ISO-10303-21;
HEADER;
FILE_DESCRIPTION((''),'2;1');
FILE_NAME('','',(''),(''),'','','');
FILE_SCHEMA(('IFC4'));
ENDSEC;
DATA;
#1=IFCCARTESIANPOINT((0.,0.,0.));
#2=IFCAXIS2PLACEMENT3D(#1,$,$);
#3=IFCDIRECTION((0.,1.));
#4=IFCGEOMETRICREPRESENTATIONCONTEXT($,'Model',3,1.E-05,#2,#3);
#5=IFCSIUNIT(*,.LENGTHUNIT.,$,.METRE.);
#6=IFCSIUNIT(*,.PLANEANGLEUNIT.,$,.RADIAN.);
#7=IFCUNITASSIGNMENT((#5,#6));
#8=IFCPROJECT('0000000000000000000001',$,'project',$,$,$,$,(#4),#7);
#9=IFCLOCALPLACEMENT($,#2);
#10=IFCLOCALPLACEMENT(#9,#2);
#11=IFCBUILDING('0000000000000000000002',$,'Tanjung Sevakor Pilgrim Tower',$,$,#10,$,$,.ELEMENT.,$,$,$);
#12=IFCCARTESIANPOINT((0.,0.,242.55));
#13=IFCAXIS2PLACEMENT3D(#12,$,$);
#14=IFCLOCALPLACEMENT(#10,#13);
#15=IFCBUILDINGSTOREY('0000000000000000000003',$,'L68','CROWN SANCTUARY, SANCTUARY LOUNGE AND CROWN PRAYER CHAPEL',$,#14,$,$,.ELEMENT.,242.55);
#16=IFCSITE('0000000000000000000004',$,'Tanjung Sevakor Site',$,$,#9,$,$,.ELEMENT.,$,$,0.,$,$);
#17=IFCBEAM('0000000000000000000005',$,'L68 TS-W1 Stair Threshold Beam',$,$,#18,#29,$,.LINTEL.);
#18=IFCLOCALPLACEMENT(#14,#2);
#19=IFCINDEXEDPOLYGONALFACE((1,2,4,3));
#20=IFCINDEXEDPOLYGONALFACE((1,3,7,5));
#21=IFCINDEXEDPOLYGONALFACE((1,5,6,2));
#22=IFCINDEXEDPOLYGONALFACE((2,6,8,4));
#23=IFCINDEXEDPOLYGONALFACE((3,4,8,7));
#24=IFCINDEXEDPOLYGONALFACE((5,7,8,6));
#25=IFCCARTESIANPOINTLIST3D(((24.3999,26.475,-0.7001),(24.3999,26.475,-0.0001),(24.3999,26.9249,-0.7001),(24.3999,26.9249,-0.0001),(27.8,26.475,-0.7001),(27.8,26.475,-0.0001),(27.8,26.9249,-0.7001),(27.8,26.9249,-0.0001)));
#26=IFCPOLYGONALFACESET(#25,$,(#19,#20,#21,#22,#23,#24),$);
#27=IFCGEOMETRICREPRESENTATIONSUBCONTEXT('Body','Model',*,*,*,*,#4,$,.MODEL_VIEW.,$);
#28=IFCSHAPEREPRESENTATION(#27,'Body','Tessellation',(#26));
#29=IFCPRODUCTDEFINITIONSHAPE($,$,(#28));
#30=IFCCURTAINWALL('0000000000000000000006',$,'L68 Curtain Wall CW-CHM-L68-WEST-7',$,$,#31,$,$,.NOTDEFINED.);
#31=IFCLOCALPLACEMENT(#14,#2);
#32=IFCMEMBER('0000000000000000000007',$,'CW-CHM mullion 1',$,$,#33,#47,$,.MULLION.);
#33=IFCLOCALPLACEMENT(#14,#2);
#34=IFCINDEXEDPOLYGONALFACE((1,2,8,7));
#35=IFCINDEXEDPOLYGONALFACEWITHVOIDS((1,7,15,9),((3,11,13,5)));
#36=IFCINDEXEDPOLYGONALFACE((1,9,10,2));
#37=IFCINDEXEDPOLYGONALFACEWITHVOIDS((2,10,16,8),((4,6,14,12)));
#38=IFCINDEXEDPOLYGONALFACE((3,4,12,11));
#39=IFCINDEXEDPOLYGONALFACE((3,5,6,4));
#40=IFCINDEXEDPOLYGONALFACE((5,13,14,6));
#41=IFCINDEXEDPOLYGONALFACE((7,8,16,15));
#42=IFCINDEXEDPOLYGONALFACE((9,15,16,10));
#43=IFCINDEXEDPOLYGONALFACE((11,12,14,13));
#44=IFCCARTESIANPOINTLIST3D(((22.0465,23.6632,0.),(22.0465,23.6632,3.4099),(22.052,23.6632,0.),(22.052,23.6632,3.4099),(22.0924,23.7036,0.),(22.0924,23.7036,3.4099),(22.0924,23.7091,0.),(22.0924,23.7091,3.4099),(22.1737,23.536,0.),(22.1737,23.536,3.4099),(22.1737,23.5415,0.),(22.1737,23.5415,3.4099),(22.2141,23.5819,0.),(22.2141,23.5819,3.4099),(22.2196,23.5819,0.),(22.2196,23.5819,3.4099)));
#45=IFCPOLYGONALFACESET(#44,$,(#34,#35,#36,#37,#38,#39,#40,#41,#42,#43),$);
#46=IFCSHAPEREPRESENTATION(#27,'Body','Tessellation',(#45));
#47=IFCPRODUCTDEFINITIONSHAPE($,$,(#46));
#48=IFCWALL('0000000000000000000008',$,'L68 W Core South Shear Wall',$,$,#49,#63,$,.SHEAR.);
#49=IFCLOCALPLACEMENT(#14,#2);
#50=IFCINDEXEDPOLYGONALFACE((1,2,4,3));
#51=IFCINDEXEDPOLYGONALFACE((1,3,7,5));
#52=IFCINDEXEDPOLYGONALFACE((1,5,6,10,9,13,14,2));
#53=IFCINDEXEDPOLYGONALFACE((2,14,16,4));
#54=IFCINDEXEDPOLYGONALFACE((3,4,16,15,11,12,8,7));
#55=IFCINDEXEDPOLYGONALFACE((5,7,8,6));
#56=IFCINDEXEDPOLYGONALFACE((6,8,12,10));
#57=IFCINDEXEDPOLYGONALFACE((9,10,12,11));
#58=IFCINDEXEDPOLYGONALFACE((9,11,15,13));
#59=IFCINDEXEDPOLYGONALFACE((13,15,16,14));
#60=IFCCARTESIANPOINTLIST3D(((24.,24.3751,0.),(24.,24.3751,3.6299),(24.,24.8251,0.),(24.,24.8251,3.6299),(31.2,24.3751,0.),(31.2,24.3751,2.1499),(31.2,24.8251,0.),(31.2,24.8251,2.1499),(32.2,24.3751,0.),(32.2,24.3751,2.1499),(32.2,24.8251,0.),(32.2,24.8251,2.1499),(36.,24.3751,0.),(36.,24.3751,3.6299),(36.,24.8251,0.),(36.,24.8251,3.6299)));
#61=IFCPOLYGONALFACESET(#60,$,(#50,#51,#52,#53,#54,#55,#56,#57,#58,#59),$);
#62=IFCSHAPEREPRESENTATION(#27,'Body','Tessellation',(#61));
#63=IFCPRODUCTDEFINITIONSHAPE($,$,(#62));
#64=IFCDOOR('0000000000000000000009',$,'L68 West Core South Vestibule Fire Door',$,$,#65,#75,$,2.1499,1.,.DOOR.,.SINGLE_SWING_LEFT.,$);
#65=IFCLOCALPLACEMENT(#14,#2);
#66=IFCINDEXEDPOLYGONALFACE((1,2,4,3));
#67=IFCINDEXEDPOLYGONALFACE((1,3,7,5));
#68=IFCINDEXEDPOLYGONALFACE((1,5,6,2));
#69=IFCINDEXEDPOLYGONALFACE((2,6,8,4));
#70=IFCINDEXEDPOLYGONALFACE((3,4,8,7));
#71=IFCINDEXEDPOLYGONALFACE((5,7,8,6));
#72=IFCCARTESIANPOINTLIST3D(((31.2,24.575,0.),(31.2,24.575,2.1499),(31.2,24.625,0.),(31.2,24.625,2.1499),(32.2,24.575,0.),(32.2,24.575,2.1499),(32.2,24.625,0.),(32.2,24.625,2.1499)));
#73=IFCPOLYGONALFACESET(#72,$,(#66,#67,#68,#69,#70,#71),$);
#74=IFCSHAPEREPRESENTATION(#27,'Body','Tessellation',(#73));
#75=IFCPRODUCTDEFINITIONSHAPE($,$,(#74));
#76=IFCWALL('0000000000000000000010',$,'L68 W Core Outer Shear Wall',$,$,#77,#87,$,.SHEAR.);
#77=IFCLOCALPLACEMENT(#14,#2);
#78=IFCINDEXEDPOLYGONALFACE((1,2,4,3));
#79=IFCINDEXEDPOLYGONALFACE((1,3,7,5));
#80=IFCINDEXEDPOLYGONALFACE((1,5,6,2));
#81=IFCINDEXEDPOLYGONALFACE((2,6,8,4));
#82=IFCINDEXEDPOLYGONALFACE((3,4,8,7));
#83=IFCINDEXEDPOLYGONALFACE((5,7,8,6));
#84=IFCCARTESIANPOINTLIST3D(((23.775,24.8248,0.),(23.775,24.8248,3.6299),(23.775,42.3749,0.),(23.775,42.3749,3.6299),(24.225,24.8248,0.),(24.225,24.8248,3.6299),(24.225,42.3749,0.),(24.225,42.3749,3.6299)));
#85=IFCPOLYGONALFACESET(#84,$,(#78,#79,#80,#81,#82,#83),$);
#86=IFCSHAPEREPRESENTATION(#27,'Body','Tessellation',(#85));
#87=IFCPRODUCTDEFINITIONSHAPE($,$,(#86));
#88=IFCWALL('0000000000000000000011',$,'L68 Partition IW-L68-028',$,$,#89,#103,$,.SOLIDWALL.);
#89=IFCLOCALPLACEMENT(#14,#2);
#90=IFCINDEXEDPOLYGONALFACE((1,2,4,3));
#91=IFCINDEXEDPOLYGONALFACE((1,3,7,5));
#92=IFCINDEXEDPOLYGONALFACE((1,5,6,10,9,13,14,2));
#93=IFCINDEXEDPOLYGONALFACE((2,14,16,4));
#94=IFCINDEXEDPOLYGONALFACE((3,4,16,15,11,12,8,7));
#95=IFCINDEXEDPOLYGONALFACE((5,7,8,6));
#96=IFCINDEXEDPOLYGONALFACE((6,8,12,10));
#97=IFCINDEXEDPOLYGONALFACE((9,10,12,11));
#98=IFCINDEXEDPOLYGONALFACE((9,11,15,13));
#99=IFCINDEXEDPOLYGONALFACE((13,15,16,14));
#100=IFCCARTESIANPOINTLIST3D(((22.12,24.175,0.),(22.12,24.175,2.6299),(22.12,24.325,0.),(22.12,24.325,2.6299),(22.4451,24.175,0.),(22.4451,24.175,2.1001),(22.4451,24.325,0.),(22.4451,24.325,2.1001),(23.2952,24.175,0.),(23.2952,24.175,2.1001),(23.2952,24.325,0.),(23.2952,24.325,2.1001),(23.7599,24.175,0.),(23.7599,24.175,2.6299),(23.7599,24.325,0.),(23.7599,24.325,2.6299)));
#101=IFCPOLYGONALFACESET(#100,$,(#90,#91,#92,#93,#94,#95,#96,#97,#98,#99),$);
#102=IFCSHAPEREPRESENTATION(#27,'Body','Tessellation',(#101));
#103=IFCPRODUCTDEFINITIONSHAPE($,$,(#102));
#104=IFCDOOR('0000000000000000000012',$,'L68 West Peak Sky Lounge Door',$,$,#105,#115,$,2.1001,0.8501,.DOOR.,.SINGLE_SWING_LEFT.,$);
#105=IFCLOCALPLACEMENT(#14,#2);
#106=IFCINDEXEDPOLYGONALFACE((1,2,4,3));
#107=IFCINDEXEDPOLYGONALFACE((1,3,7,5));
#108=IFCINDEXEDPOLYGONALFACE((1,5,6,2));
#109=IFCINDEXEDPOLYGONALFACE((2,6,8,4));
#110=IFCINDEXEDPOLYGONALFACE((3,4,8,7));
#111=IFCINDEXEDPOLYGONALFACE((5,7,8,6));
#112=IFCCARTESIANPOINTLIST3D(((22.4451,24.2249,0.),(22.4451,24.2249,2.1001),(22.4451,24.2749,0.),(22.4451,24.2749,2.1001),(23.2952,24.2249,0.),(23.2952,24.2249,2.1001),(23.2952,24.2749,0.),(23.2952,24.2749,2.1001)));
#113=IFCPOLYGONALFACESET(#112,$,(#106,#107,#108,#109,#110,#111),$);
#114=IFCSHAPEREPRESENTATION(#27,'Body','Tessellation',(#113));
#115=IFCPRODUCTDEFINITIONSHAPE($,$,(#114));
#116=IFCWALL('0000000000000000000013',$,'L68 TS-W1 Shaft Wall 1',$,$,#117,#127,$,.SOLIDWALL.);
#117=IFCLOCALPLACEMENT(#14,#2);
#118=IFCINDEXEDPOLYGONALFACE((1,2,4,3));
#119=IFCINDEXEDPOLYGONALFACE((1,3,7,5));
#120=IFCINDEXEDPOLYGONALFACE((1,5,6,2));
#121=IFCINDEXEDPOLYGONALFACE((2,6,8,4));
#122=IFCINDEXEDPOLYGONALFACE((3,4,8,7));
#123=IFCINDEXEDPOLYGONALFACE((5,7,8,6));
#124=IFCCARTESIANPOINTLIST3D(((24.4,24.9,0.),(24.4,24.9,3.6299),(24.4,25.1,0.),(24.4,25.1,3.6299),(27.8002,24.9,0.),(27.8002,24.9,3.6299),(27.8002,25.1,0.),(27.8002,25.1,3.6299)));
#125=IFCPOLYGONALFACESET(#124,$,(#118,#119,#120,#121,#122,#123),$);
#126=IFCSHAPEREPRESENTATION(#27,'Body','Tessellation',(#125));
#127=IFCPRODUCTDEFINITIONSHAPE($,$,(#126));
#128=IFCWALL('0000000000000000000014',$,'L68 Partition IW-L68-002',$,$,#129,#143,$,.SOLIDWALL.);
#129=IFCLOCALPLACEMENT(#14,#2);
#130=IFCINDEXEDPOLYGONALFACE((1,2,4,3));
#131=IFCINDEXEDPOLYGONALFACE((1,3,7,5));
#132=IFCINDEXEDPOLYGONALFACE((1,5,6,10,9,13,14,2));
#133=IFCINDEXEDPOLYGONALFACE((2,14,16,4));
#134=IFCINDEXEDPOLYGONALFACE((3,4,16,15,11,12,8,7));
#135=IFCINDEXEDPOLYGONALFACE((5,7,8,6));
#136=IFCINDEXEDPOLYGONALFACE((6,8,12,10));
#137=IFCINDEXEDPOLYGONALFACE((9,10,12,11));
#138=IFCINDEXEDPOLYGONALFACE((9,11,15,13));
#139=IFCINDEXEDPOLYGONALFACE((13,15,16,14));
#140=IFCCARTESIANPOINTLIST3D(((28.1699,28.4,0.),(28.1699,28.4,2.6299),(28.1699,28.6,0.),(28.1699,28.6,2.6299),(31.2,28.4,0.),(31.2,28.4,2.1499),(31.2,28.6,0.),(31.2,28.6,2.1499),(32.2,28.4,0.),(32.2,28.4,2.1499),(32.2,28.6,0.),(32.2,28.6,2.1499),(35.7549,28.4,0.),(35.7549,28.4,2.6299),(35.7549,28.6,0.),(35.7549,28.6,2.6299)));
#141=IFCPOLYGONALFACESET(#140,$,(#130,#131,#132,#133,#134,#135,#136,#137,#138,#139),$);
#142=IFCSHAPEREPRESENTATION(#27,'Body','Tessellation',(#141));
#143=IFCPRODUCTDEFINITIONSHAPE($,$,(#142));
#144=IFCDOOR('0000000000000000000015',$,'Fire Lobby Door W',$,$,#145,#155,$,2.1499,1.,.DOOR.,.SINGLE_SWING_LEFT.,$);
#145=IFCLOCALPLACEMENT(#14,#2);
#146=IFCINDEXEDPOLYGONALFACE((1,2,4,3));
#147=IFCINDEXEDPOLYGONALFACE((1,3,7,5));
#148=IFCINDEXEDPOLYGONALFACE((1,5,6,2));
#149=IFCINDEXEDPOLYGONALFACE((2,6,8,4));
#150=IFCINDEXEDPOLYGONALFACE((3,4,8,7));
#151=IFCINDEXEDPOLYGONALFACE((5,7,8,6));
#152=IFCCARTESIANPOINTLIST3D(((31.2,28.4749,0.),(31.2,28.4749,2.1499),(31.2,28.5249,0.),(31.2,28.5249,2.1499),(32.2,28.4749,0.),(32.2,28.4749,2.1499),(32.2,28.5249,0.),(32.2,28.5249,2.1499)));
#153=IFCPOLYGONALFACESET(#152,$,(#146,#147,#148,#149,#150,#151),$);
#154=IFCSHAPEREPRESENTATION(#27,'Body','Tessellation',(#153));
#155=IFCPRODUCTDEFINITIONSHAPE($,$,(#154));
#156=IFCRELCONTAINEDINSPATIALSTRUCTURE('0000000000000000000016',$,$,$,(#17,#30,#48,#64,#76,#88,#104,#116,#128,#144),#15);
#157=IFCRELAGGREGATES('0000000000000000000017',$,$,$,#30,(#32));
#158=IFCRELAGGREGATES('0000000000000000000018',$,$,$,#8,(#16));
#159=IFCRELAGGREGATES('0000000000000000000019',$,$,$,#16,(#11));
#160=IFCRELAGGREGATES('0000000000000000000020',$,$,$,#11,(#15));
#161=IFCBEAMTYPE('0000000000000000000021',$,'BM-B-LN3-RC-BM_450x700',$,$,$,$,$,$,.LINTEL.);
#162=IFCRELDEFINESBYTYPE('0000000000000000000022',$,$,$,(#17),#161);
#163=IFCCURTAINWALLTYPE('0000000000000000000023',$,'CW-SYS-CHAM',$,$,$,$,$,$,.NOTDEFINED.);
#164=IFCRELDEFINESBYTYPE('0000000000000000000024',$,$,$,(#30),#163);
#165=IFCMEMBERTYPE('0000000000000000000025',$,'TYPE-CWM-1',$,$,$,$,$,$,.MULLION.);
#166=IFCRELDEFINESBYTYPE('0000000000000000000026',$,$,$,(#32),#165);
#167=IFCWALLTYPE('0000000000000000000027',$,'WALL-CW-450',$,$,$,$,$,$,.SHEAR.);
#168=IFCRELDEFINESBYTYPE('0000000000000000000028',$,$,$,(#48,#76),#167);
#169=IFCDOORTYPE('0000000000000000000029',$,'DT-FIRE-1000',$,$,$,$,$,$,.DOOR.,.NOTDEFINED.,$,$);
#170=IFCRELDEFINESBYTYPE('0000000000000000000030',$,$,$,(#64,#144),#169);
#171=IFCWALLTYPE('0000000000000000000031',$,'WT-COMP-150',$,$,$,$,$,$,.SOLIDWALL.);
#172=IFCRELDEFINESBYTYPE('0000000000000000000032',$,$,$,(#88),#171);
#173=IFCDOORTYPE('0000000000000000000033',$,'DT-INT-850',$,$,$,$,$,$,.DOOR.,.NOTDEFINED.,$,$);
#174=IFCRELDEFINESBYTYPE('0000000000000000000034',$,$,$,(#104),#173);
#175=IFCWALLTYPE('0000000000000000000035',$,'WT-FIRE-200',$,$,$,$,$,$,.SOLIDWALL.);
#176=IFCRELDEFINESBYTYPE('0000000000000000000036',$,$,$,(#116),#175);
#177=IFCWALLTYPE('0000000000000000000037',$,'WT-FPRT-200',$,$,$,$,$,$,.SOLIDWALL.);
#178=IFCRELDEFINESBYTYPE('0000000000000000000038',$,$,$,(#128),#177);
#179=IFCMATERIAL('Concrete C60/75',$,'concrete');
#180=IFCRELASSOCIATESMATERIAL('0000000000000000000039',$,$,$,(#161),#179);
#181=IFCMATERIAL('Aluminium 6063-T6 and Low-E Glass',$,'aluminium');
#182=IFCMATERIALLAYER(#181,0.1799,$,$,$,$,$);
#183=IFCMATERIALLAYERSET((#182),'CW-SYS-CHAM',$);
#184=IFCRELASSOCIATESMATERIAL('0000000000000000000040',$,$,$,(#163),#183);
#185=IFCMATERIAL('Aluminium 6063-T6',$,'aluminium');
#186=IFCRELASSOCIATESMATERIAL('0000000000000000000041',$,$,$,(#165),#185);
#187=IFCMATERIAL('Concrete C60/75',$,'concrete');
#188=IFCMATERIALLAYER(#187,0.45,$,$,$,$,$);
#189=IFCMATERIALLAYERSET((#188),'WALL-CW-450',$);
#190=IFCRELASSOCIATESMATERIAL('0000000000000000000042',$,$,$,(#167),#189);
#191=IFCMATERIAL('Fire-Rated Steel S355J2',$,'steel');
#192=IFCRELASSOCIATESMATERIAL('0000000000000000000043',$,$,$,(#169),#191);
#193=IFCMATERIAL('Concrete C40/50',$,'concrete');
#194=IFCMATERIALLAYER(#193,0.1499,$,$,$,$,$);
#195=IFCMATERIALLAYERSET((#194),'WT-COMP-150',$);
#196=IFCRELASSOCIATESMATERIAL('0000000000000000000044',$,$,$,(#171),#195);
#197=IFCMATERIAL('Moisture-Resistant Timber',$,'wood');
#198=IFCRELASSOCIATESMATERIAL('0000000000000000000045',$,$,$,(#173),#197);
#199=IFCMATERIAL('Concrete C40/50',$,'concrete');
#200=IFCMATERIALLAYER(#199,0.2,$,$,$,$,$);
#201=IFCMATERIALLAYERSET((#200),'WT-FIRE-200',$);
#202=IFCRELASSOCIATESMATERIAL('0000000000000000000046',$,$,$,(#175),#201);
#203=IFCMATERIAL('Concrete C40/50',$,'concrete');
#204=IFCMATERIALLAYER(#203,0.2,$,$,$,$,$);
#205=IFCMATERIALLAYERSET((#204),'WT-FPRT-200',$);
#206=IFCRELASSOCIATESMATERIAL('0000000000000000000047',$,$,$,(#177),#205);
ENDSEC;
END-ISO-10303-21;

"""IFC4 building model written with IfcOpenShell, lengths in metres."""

from ifc_helpers import new_model, si_unit, direction, frame, frame_2d, origin, origin_2d, place, context, subcontext, project, spatial, rectangle, hollow_rectangle, extrude, material, layer, layer_set, material_profile, profile_set, type_object, element, fill, aggregate, save


model = new_model("IFC4")

# Units and contexts
model_context = context("Model", 3, precision=1e-05, world=origin(), true_north=direction((0.0, 1.0)))
body_context = subcontext(model_context, "Body", "Model", "MODEL_VIEW")
ifc_project = project(units=[si_unit("LENGTHUNIT", "METRE"), si_unit("PLANEANGLEUNIT", "RADIAN")], contexts=[model_context])

# Site, building, storey
site_placement = place(None, origin())
site = spatial("IfcSite", under=ifc_project, at=site_placement, Name="Tanjung Sevakor Site", CompositionType="ELEMENT", RefElevation=0.0)
building_placement = place(site_placement, origin())
building = spatial("IfcBuilding", under=site, at=building_placement, Name="Tanjung Sevakor Pilgrim Tower", CompositionType="ELEMENT")
storey_placement = place(building_placement, frame((0.0, 0.0, 242.55)))
storey = spatial("IfcBuildingStorey", under=building, at=storey_placement, Name="L68", Description="CROWN SANCTUARY, SANCTUARY LOUNGE AND CROWN PRAYER CHAPEL", CompositionType="ELEMENT", Elevation=242.55)

# Beam
ifc_material_1 = material(Name="Concrete C60/75", Category="concrete")
ifc_material_profile_1 = material_profile(ifc_material_1, rectangle(XDim=0.45, YDim=0.7, at=origin_2d()))
ifc_profile_set_1 = profile_set([ifc_material_profile_1], Name="Concrete C60/75")
beam_type = type_object("IfcBeamType", Name="BM-B-LN3-RC-BM_450x700", PredefinedType="LINTEL", material=ifc_profile_set_1)
beam_placement = place(storey_placement, frame((24.3999, 26.7, -0.3501), z_axis=(1.0, 0.0, 0.0), x_axis=(0.0, 1.0, 0.0)))
element("IfcBeam", 1, at=beam_placement, inside=storey, type_object=beam_type, Name="L68 TS-W1 Stair Threshold Beam", PredefinedType="LINTEL", context=body_context, shape_type="SweptSolid", body=[
    extrude(rectangle(XDim=0.45, YDim=0.7, at=origin_2d()), origin(), (0.0, 0.0, 1.0), 3.4001),
])

# Curtain wall, member
ifc_material_2 = material(Name="Aluminium 6063-T6 and Low-E Glass", Category="aluminium")
ifc_layer_1 = layer(ifc_material_2, 0.1799)
ifc_layer_set_1 = layer_set([ifc_layer_1], Name="CW-SYS-CHAM")
curtain_wall_type = type_object("IfcCurtainWallType", Name="CW-SYS-CHAM", PredefinedType="NOTDEFINED", material=ifc_layer_set_1)
curtain_wall_placement = place(storey_placement, origin())
curtain_wall = element("IfcCurtainWall", 2, at=curtain_wall_placement, inside=storey, type_object=curtain_wall_type, Name="L68 Curtain Wall CW-CHM-L68-WEST-7", PredefinedType="NOTDEFINED")
ifc_material_3 = material(Name="Aluminium 6063-T6", Category="aluminium")
ifc_material_profile_2 = material_profile(ifc_material_3, hollow_rectangle(XDim=0.0649, YDim=0.1799, WallThickness=0.0039, at=origin_2d()))
ifc_profile_set_2 = profile_set([ifc_material_profile_2], Name="Aluminium 6063-T6")
member_type = type_object("IfcMemberType", Name="TYPE-CWM-1", PredefinedType="MULLION", material=ifc_profile_set_2)
member_placement = place(storey_placement, frame((22.1331, 23.6226, 0.0), z_axis=(0.0, 0.0, 1.0), x_axis=(0.707107, 0.707107, 0.0)))
member = element("IfcMember", 3, at=member_placement, type_object=member_type, Name="CW-CHM mullion 1", PredefinedType="MULLION", context=body_context, shape_type="SweptSolid", body=[
    extrude(hollow_rectangle(XDim=0.0649, YDim=0.1799, WallThickness=0.0039, at=origin_2d()), origin(), (0.0, 0.0, 1.0), 3.4099),
])
aggregate(curtain_wall, [member])

# Wall, opening, door
ifc_material_4 = material(Name="Concrete C60/75", Category="concrete")
ifc_layer_2 = layer(ifc_material_4, 0.45)
ifc_layer_set_2 = layer_set([ifc_layer_2], Name="WALL-CW-450")
wall_type_1 = type_object("IfcWallType", Name="WALL-CW-450", PredefinedType="SHEAR", material=ifc_layer_set_2)
wall_1_placement = place(storey_placement, frame((24.0, 24.6001, 0.0), z_axis=(0.0, 0.0, 1.0), x_axis=(1.0, 0.0, 0.0)))
wall_1 = element("IfcWall", 4, at=wall_1_placement, inside=storey, type_object=wall_type_1, Name="L68 W Core South Shear Wall", PredefinedType="SHEAR", context=body_context, shape_type="SweptSolid", body=[
    extrude(rectangle(XDim=12.0, YDim=0.45, at=frame_2d((6.0, 0.0))), origin(), (0.0, 0.0, 1.0), 3.6299),
])
opening_1_placement = place(wall_1_placement, frame((7.2, 0.0, 0.0)))
opening_1 = element("IfcOpeningElement", 5, at=opening_1_placement, cuts=wall_1, PredefinedType="OPENING", context=body_context, shape_type="SweptSolid", body=[
    extrude(rectangle(XDim=1.0, YDim=2.1499, at=frame_2d((0.5, 1.075))), frame((0.0, 0.2349, 0.0), z_axis=(0.0, -1.0, 0.0), x_axis=(1.0, 0.0, 0.0)), (0.0, 0.0, 1.0), 0.47),
])
ifc_material_5 = material(Name="Fire-Rated Steel S355J2", Category="steel")
door_type_1 = type_object("IfcDoorType", Name="DT-FIRE-1000", OperationType="NOTDEFINED", PredefinedType="DOOR", material=ifc_material_5)
door_1_placement = place(opening_1_placement, origin())
door_1 = element("IfcDoor", 6, at=door_1_placement, inside=storey, type_object=door_type_1, Name="L68 West Core South Vestibule Fire Door", OperationType="SINGLE_SWING_LEFT", OverallHeight=2.1499, OverallWidth=1.0, PredefinedType="DOOR", context=body_context, shape_type="SweptSolid", body=[
    extrude(rectangle(XDim=1.0, YDim=2.1499, at=frame_2d((0.5, 1.075))), frame((0.0, 0.0249, 0.0), z_axis=(0.0, -1.0, 0.0), x_axis=(1.0, 0.0, 0.0)), (0.0, 0.0, 1.0), 0.05),
])
fill(opening_1, door_1)

# Wall
wall_2_placement = place(storey_placement, frame((24.0, 24.825, 0.0), z_axis=(0.0, 0.0, 1.0), x_axis=(0.0, 1.0, 0.0)))
element("IfcWall", 7, at=wall_2_placement, inside=storey, type_object=wall_type_1, Name="L68 W Core Outer Shear Wall", PredefinedType="SHEAR", context=body_context, shape_type="SweptSolid", body=[
    extrude(rectangle(XDim=17.55, YDim=0.45, at=frame_2d((8.7749, 0.0))), origin(), (0.0, 0.0, 1.0), 3.6299),
])

# Wall, opening, door
ifc_material_6 = material(Name="Concrete C40/50", Category="concrete")
ifc_layer_3 = layer(ifc_material_6, 0.1499)
ifc_layer_set_3 = layer_set([ifc_layer_3], Name="WT-COMP-150")
wall_type_2 = type_object("IfcWallType", Name="WT-COMP-150", PredefinedType="SOLIDWALL", material=ifc_layer_set_3)
wall_3_placement = place(storey_placement, frame((22.1201, 24.25, 0.0), z_axis=(0.0, 0.0, 1.0), x_axis=(1.0, 0.0, 0.0)))
wall_3 = element("IfcWall", 8, at=wall_3_placement, inside=storey, type_object=wall_type_2, Name="L68 Partition IW-L68-028", PredefinedType="SOLIDWALL", context=body_context, shape_type="SweptSolid", body=[
    extrude(rectangle(XDim=1.6399, YDim=0.1499, at=frame_2d((0.8198, 0.0))), origin(), (0.0, 0.0, 1.0), 2.6299),
])
opening_2_placement = place(wall_3_placement, frame((0.325, 0.0, 0.0)))
opening_2 = element("IfcOpeningElement", 9, at=opening_2_placement, cuts=wall_3, PredefinedType="OPENING", context=body_context, shape_type="SweptSolid", body=[
    extrude(rectangle(XDim=0.8501, YDim=2.1001, at=frame_2d((0.425, 1.05))), frame((0.0, 0.085, 0.0), z_axis=(0.0, -1.0, 0.0), x_axis=(1.0, 0.0, 0.0)), (0.0, 0.0, 1.0), 0.1699),
])
ifc_material_7 = material(Name="Moisture-Resistant Timber", Category="wood")
door_type_2 = type_object("IfcDoorType", Name="DT-INT-850", OperationType="NOTDEFINED", PredefinedType="DOOR", material=ifc_material_7)
door_2_placement = place(opening_2_placement, origin())
door_2 = element("IfcDoor", 10, at=door_2_placement, inside=storey, type_object=door_type_2, Name="L68 West Peak Sky Lounge Door", OperationType="SINGLE_SWING_LEFT", OverallHeight=2.1001, OverallWidth=0.8501, PredefinedType="DOOR", context=body_context, shape_type="SweptSolid", body=[
    extrude(rectangle(XDim=0.8501, YDim=2.1001, at=frame_2d((0.425, 1.05))), frame((0.0, 0.0249, 0.0), z_axis=(0.0, -1.0, 0.0), x_axis=(1.0, 0.0, 0.0)), (0.0, 0.0, 1.0), 0.05),
])
fill(opening_2, door_2)

# Wall
ifc_material_8 = material(Name="Concrete C40/50", Category="concrete")
ifc_layer_4 = layer(ifc_material_8, 0.2)
ifc_layer_set_4 = layer_set([ifc_layer_4], Name="WT-FIRE-200")
wall_type_3 = type_object("IfcWallType", Name="WT-FIRE-200", PredefinedType="SOLIDWALL", material=ifc_layer_set_4)
wall_4_placement = place(storey_placement, frame((24.3999, 25.0, 0.0), z_axis=(0.0, 0.0, 1.0), x_axis=(1.0, 0.0, 0.0)))
element("IfcWall", 11, at=wall_4_placement, inside=storey, type_object=wall_type_3, Name="L68 TS-W1 Shaft Wall 1", PredefinedType="SOLIDWALL", context=body_context, shape_type="SweptSolid", body=[
    extrude(rectangle(XDim=3.4001, YDim=0.2, at=frame_2d((1.7002, 0.0))), origin(), (0.0, 0.0, 1.0), 3.6299),
])

# Wall, opening, door
ifc_material_9 = material(Name="Concrete C40/50", Category="concrete")
ifc_layer_5 = layer(ifc_material_9, 0.2)
ifc_layer_set_5 = layer_set([ifc_layer_5], Name="WT-FPRT-200")
wall_type_4 = type_object("IfcWallType", Name="WT-FPRT-200", PredefinedType="SOLIDWALL", material=ifc_layer_set_5)
wall_5_placement = place(storey_placement, frame((28.1699, 28.5, 0.0), z_axis=(0.0, 0.0, 1.0), x_axis=(1.0, 0.0, 0.0)))
wall_5 = element("IfcWall", 12, at=wall_5_placement, inside=storey, type_object=wall_type_4, Name="L68 Partition IW-L68-002", PredefinedType="SOLIDWALL", context=body_context, shape_type="SweptSolid", body=[
    extrude(rectangle(XDim=7.585, YDim=0.2, at=frame_2d((3.7925, 0.0))), origin(), (0.0, 0.0, 1.0), 2.6299),
])
opening_3_placement = place(wall_5_placement, frame((3.03, 0.0, 0.0)))
opening_3 = element("IfcOpeningElement", 13, at=opening_3_placement, cuts=wall_5, PredefinedType="OPENING", context=body_context, shape_type="SweptSolid", body=[
    extrude(rectangle(XDim=1.0, YDim=2.1499, at=frame_2d((0.5, 1.075))), frame((0.0, 0.1099, 0.0), z_axis=(0.0, -1.0, 0.0), x_axis=(1.0, 0.0, 0.0)), (0.0, 0.0, 1.0), 0.22),
])
door_3_placement = place(opening_3_placement, origin())
door_3 = element("IfcDoor", 14, at=door_3_placement, inside=storey, type_object=door_type_1, Name="Fire Lobby Door W", OperationType="SINGLE_SWING_LEFT", OverallHeight=2.1499, OverallWidth=1.0, PredefinedType="DOOR", context=body_context, shape_type="SweptSolid", body=[
    extrude(rectangle(XDim=1.0, YDim=2.1499, at=frame_2d((0.5, 1.075))), frame((0.0, 0.0249, 0.0), z_axis=(0.0, -1.0, 0.0), x_axis=(1.0, 0.0, 0.0)), (0.0, 0.0, 1.0), 0.05),
])
fill(opening_3, door_3)

save(model, "model.ifc")
